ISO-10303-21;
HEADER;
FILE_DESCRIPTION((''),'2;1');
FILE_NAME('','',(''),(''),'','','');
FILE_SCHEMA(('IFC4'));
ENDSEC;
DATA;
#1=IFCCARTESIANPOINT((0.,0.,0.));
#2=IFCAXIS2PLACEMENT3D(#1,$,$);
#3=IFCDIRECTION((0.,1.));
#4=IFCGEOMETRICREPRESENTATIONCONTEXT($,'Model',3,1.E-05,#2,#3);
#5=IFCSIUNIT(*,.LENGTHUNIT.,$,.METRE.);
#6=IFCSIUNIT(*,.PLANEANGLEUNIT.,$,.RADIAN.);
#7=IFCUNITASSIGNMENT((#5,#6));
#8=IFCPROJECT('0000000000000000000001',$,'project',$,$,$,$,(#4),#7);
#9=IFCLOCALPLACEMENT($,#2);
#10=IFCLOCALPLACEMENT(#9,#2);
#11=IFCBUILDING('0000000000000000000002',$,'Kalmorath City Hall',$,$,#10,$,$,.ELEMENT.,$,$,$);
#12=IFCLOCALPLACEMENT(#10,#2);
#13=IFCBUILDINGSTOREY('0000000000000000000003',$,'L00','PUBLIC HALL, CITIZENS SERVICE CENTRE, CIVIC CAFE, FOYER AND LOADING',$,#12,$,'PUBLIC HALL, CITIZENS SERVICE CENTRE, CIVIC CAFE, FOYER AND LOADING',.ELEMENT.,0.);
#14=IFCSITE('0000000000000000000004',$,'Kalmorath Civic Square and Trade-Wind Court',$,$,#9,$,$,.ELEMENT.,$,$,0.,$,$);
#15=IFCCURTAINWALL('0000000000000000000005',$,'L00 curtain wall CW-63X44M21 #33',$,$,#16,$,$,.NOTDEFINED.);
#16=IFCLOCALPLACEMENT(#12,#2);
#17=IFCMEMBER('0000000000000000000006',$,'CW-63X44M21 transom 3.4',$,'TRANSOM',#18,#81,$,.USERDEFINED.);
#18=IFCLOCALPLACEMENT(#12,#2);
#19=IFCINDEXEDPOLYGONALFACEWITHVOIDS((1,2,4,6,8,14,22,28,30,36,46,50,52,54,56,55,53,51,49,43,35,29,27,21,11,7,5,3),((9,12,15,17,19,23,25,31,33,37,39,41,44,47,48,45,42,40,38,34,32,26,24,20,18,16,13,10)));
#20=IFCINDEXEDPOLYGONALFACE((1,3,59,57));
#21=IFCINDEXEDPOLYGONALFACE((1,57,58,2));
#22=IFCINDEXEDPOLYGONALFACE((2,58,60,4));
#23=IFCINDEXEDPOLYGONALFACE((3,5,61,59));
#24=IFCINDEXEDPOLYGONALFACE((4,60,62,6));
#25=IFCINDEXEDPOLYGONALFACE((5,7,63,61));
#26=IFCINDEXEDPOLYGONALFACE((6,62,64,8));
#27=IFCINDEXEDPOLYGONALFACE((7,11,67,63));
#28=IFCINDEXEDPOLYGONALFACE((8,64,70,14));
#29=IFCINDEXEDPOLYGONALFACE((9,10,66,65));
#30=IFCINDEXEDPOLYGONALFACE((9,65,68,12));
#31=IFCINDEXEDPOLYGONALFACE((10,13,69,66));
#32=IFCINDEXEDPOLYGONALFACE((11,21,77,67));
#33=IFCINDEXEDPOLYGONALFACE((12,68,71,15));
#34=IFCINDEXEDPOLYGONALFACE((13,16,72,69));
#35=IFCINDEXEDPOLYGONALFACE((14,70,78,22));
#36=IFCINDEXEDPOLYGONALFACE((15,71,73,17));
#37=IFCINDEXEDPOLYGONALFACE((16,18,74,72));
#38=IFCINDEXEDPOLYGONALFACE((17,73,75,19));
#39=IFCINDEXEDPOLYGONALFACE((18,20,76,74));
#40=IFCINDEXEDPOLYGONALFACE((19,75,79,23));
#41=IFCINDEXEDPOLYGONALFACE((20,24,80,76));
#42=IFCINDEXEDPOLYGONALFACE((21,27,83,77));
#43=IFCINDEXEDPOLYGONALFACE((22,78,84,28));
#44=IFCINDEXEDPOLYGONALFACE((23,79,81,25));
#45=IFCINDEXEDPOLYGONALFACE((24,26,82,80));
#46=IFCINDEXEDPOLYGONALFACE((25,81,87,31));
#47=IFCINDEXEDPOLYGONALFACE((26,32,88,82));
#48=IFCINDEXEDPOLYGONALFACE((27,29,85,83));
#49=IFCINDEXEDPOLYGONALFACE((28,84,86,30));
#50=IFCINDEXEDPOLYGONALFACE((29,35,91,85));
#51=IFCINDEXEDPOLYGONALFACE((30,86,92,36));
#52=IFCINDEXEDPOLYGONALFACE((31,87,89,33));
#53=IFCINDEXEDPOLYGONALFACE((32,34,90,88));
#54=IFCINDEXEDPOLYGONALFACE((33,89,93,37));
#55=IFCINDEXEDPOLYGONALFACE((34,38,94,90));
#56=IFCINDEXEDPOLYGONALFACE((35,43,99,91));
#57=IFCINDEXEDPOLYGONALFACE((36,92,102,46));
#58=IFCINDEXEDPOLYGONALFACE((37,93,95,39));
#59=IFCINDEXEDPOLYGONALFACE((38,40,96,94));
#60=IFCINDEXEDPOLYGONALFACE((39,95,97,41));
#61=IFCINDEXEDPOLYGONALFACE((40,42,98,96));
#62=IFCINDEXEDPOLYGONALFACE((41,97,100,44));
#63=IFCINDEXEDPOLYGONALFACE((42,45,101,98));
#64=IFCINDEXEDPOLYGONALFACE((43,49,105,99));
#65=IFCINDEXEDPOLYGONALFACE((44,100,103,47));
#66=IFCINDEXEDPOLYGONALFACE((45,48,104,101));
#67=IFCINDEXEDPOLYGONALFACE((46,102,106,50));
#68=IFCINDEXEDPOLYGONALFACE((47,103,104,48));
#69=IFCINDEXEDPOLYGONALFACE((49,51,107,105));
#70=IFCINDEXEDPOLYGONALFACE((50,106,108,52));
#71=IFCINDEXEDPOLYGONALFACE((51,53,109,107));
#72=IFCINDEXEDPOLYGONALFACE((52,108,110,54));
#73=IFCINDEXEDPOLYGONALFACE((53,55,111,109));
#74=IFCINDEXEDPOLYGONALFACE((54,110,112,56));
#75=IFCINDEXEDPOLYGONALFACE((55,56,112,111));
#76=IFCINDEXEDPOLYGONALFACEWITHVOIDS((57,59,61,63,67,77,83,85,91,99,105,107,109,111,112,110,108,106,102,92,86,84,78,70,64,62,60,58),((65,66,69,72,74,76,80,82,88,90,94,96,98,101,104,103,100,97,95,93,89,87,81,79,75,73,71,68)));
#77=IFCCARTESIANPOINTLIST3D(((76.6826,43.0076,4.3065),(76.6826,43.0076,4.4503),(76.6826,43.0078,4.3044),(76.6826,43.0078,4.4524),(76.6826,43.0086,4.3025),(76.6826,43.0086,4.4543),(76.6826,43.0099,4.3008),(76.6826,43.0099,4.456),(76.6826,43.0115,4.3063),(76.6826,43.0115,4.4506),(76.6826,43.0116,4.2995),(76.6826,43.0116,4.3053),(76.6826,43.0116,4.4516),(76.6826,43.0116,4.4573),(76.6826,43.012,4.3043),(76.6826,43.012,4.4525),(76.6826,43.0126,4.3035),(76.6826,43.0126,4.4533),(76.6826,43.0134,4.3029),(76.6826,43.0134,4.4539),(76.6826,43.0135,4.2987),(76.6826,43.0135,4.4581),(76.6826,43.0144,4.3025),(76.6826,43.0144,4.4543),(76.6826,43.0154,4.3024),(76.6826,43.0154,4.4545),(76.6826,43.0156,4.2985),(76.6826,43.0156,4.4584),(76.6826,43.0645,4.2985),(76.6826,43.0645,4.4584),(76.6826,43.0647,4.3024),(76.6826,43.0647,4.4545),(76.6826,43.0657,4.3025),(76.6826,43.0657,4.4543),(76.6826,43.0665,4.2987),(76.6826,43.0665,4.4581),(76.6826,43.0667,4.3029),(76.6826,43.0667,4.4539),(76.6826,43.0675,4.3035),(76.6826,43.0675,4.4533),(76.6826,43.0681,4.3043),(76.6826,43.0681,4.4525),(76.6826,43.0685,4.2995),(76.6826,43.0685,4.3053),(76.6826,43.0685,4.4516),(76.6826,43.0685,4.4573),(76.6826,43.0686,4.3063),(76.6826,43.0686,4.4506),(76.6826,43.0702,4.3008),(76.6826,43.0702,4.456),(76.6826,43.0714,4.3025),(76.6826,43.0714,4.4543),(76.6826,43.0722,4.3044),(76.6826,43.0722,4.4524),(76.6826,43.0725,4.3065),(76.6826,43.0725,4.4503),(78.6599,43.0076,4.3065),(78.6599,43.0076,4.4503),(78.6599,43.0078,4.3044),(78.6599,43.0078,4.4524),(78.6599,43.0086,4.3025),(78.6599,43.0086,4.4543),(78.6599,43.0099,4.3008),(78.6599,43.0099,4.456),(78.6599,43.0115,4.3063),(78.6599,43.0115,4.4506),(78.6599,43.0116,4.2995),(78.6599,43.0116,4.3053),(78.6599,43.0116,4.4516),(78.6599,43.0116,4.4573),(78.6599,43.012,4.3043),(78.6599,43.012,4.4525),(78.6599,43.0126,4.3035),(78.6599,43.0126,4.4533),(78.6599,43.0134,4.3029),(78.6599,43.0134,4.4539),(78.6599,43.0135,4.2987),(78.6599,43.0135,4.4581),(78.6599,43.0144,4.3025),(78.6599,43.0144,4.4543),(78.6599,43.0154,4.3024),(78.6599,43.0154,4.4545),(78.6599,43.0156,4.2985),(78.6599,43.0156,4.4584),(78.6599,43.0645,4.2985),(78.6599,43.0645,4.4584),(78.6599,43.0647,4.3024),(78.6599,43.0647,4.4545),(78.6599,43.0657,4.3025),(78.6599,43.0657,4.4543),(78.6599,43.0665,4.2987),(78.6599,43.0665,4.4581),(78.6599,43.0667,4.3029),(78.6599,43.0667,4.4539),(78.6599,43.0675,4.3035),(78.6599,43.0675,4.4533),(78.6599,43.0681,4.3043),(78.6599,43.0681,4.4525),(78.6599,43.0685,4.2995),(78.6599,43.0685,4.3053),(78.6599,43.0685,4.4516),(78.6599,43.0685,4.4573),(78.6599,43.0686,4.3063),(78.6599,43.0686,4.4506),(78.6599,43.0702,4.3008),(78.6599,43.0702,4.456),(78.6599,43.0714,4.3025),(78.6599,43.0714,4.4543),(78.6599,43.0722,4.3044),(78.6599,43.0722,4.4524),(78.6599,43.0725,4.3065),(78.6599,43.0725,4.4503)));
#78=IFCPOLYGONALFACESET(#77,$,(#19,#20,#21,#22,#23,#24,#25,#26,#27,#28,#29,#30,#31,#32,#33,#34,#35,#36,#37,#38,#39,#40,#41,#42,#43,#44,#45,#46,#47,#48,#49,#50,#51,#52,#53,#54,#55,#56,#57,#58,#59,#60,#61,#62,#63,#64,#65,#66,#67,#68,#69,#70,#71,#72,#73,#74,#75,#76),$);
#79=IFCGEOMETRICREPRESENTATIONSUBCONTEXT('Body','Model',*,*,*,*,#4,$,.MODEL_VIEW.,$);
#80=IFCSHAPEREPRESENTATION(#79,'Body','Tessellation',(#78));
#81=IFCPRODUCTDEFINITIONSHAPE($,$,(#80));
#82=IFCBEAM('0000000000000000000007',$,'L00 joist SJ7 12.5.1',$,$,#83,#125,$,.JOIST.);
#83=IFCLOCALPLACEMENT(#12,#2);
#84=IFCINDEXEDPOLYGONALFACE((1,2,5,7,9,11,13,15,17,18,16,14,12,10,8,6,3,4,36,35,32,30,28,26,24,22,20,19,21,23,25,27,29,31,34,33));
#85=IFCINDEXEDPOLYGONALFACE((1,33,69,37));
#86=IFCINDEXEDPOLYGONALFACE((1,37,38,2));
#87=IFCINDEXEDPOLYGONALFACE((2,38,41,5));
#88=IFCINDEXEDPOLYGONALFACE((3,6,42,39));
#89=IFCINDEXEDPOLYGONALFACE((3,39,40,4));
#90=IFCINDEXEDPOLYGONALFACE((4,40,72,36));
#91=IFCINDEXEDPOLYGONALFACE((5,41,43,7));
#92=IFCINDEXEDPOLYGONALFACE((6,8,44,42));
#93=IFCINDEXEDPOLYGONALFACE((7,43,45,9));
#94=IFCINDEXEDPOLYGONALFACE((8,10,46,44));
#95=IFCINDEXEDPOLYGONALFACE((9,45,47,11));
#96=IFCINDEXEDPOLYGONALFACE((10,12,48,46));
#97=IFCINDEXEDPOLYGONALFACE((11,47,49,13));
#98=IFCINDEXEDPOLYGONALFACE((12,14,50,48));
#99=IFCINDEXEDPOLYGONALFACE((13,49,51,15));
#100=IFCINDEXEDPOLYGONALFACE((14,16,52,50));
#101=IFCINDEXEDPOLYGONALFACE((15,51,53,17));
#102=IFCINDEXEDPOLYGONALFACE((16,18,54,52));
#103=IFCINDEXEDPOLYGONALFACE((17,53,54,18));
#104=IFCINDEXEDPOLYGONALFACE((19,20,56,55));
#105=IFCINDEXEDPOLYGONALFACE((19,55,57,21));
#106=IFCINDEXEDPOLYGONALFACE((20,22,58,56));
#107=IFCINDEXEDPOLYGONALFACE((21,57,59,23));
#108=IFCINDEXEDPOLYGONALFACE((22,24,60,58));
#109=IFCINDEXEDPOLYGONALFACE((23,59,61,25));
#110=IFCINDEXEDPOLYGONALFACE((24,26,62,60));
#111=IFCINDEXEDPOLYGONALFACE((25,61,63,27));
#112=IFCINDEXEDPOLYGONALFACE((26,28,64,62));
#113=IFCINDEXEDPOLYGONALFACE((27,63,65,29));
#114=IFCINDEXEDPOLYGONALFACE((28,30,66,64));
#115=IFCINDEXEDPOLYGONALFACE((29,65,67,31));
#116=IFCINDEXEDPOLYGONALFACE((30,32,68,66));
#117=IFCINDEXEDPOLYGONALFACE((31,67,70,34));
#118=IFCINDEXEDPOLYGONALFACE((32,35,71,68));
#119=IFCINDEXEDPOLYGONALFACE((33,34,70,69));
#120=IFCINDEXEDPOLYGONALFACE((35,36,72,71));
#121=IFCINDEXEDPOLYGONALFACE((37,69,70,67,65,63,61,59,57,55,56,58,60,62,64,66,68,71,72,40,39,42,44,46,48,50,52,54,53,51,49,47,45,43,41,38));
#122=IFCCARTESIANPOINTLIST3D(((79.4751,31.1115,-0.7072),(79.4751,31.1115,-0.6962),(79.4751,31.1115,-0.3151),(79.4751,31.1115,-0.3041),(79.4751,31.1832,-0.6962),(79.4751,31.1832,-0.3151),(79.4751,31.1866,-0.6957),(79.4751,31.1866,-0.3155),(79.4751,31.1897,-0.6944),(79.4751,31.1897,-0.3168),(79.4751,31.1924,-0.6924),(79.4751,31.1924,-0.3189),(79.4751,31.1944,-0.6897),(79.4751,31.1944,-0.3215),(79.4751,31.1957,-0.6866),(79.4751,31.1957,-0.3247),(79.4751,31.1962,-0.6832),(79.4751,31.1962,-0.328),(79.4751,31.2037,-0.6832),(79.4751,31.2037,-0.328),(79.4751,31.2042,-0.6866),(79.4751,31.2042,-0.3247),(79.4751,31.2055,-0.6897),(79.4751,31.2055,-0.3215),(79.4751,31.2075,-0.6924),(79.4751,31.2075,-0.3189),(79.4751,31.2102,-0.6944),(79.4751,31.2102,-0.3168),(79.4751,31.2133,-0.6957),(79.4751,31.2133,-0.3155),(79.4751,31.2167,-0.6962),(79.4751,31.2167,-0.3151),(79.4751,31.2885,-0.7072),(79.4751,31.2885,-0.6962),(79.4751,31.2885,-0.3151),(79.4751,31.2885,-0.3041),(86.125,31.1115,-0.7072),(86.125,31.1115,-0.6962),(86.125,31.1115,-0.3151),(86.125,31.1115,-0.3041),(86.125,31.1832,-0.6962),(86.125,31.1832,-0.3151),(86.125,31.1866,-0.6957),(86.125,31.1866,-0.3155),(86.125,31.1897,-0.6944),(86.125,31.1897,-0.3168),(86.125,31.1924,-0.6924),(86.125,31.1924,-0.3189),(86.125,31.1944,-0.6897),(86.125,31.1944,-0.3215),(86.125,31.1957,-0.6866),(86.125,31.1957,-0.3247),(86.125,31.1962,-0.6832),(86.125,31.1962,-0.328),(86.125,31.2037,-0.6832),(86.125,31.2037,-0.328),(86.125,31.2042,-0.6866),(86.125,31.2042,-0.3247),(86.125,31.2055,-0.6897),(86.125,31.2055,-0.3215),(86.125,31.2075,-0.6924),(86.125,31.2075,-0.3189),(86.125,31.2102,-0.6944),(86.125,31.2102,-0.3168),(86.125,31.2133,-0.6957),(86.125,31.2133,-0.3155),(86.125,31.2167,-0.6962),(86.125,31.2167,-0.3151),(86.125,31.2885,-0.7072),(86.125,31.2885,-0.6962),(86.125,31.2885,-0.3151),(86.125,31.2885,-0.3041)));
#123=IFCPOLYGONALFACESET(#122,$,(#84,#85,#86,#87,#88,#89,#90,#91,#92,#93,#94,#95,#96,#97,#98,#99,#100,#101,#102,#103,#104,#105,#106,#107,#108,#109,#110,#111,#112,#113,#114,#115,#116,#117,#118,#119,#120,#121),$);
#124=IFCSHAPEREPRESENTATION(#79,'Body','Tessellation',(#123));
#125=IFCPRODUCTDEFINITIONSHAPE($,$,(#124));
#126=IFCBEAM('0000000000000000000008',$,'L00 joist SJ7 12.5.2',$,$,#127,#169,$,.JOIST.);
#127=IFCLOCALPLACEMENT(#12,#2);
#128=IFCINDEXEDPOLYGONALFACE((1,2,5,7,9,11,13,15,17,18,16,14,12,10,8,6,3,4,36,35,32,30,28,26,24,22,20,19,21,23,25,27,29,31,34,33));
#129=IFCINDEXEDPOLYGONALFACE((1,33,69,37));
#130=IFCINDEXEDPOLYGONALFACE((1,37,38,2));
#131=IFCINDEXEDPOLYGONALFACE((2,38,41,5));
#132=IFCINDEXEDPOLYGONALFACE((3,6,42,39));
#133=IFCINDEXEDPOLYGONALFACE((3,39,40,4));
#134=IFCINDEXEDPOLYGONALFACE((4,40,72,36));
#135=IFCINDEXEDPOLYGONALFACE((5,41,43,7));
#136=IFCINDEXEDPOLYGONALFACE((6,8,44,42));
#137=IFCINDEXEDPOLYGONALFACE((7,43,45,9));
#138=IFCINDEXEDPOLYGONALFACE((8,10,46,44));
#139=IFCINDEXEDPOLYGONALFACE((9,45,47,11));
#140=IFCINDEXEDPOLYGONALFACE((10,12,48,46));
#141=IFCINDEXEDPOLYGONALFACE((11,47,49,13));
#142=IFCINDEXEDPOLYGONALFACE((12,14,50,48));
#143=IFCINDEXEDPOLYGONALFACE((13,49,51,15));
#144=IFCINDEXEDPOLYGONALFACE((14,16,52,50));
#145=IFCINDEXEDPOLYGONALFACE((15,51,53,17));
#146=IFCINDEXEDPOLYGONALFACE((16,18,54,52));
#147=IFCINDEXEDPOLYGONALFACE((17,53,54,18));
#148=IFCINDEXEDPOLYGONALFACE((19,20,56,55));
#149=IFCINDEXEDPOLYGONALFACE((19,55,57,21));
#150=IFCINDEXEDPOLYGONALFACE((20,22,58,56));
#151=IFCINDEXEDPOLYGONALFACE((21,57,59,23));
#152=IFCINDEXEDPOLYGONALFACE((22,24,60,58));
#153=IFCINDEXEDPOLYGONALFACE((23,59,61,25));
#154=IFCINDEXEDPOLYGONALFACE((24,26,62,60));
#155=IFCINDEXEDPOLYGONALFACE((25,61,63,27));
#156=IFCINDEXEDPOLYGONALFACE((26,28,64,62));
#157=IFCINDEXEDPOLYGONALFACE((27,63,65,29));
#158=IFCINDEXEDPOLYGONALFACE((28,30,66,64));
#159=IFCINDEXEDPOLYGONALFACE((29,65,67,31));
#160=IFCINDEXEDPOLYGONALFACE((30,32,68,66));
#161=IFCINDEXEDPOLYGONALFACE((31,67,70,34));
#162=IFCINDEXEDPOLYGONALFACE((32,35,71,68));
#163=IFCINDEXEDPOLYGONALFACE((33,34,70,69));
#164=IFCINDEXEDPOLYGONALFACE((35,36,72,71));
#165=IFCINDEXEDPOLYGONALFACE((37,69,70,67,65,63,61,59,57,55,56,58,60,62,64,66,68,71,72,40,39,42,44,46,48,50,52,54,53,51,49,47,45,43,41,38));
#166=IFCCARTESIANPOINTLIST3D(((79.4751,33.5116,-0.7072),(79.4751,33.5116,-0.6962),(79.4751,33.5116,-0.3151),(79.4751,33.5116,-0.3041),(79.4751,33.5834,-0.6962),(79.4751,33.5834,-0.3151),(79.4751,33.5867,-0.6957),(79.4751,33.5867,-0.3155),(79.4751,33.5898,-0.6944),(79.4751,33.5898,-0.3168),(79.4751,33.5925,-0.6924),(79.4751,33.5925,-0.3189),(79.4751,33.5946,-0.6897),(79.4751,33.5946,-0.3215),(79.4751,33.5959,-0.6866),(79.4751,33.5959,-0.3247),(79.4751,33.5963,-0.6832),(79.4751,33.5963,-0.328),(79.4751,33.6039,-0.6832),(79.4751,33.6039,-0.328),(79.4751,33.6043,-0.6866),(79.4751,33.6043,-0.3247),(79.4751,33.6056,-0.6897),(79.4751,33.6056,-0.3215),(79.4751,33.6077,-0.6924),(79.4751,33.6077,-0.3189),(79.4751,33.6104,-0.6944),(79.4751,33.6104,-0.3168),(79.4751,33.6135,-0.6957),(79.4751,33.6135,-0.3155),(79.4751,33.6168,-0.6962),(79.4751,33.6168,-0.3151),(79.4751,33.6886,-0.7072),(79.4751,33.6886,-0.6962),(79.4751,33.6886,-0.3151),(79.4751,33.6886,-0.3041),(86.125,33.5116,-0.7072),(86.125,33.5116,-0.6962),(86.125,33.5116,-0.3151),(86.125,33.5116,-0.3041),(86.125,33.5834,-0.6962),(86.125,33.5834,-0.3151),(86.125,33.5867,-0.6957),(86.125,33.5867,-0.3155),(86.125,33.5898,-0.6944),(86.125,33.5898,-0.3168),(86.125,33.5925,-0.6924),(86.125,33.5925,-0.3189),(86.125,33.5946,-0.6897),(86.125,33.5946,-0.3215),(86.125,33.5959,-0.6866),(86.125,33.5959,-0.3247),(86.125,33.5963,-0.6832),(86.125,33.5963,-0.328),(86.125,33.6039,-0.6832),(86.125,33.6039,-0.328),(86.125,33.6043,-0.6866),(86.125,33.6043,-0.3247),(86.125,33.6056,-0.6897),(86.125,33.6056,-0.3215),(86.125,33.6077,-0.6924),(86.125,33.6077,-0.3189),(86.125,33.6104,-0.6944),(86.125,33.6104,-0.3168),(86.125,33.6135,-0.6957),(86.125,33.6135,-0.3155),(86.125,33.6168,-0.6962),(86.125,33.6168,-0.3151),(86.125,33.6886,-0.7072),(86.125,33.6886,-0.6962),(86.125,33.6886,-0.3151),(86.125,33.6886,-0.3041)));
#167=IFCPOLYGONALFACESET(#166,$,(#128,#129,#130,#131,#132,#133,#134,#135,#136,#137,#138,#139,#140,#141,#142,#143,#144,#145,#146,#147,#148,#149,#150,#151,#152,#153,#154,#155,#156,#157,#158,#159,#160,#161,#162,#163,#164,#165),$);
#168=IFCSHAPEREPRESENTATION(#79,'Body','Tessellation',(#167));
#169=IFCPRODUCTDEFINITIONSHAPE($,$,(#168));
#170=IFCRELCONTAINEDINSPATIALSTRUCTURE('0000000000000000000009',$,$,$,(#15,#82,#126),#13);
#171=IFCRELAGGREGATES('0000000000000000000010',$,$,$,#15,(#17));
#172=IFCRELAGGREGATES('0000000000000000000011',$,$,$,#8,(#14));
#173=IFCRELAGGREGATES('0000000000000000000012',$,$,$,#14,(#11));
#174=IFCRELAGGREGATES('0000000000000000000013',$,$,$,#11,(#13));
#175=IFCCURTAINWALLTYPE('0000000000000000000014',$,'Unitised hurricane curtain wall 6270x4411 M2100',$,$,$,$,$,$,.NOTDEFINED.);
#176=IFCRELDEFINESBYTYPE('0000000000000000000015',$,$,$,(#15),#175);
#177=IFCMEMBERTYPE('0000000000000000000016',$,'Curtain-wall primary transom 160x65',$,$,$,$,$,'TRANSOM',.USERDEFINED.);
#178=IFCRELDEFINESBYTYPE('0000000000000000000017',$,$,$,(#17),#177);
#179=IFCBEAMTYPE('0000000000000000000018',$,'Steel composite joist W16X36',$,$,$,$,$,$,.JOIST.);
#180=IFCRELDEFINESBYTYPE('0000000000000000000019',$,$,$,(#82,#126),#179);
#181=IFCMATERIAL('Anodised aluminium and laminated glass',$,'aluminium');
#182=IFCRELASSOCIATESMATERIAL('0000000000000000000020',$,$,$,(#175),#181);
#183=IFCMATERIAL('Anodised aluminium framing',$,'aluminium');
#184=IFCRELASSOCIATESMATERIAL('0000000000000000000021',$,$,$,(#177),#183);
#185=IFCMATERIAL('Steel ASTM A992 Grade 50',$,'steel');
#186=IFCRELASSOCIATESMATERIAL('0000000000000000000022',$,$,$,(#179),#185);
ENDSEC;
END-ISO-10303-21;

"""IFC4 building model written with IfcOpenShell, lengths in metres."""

from ifc_helpers import new_model, si_unit, direction, frame, origin, origin_2d, place, context, subcontext, project, spatial, hollow_rectangle, i_section, extrude, material, material_profile, profile_set, type_object, element, aggregate, save


model = new_model("IFC4")

# Units and contexts
model_context = context("Model", 3, precision=1e-05, world=origin(), true_north=direction((0.0, 1.0)))
body_context = subcontext(model_context, "Body", "Model", "MODEL_VIEW")
ifc_project = project(units=[si_unit("LENGTHUNIT", "METRE"), si_unit("PLANEANGLEUNIT", "RADIAN")], contexts=[model_context])

# Site, building, storey
site_placement = place(None, origin())
site = spatial("IfcSite", under=ifc_project, at=site_placement, Name="Kalmorath Civic Square and Trade-Wind Court", CompositionType="ELEMENT", RefElevation=0.0)
building_placement = place(site_placement, origin())
building = spatial("IfcBuilding", under=site, at=building_placement, Name="Kalmorath City Hall", CompositionType="ELEMENT")
storey_placement = place(building_placement, origin())
storey = spatial("IfcBuildingStorey", under=building, at=storey_placement, Name="L00", Description="PUBLIC HALL, CITIZENS SERVICE CENTRE, CIVIC CAFE, FOYER AND LOADING", LongName="PUBLIC HALL, CITIZENS SERVICE CENTRE, CIVIC CAFE, FOYER AND LOADING", CompositionType="ELEMENT", Elevation=0.0)

# Curtain wall, member
ifc_material_1 = material(Name="Anodised aluminium and laminated glass", Category="aluminium")
curtain_wall_type = type_object("IfcCurtainWallType", Name="Unitised hurricane curtain wall 6270x4411 M2100", PredefinedType="NOTDEFINED", material=ifc_material_1)
curtain_wall_placement = place(storey_placement, origin())
curtain_wall = element("IfcCurtainWall", 1, at=curtain_wall_placement, inside=storey, type_object=curtain_wall_type, Name="L00 curtain wall CW-63X44M21 #33", PredefinedType="NOTDEFINED")
ifc_material_2 = material(Name="Anodised aluminium framing", Category="aluminium")
ifc_material_profile_1 = material_profile(ifc_material_2, hollow_rectangle(XDim=0.0649, YDim=0.1599, WallThickness=0.0039, InnerFilletRadius=0.0039, OuterFilletRadius=0.0081, at=origin_2d()), Name="ALU-TRN-160X65X4")
ifc_profile_set_1 = profile_set([ifc_material_profile_1], Name="Anodised aluminium framing")
member_type_1 = type_object("IfcMemberType", Name="Curtain-wall primary transom 160x65", ElementType="TRANSOM", PredefinedType="USERDEFINED", material=ifc_profile_set_1)
member_1_placement = place(storey_placement, frame((76.6826, 43.04, 4.3784), z_axis=(1.0, 0.0, 0.0), x_axis=(0.0, 1.0, 0.0)))
member_1 = element("IfcMember", 2, at=member_1_placement, type_object=member_type_1, Name="CW-63X44M21 transom 3.4", ObjectType="TRANSOM", PredefinedType="USERDEFINED", context=body_context, shape_type="SweptSolid", body=[
    extrude(hollow_rectangle(XDim=0.0649, YDim=0.1599, WallThickness=0.0039, InnerFilletRadius=0.0039, OuterFilletRadius=0.0081, at=origin_2d()), origin(), (0.0, 0.0, 1.0), 1.9773),
])

# Beams
ifc_material_3 = material(Name="Steel ASTM A992 Grade 50", Category="steel")
ifc_material_profile_2 = material_profile(ifc_material_3, i_section(OverallWidth=0.177, OverallDepth=0.4031, WebThickness=0.0076, FlangeThickness=0.011, FilletRadius=0.0129, at=origin_2d()), Name="W16X36")
ifc_profile_set_2 = profile_set([ifc_material_profile_2], Name="Steel ASTM A992 Grade 50")
beam_type_1 = type_object("IfcBeamType", Name="Steel composite joist W16X36", PredefinedType="JOIST", material=ifc_profile_set_2)
for number, where, z_axis, x_axis, name in (
    (3, (79.4751, 31.2, -0.5056), (1.0, 0.0, 0.0), (0.0, 1.0, 0.0), "L00 joist SJ7 12.5.1"),
    (4, (79.4751, 33.6001, -0.5056), (1.0, 0.0, 0.0), (0.0, 1.0, 0.0), "L00 joist SJ7 12.5.2"),
):
    element("IfcBeam", number, at=place(storey_placement, frame(where, z_axis=z_axis, x_axis=x_axis)), inside=storey, type_object=beam_type_1, Name=name, PredefinedType="JOIST", context=body_context, shape_type="SweptSolid", body=[
        extrude(i_section(OverallWidth=0.177, OverallDepth=0.4031, WebThickness=0.0076, FlangeThickness=0.011, FilletRadius=0.0129, at=origin_2d()), origin(), (0.0, 0.0, 1.0), 6.6499),
    ])

aggregate(curtain_wall, [member_1])

save(model, "model.ifc")
